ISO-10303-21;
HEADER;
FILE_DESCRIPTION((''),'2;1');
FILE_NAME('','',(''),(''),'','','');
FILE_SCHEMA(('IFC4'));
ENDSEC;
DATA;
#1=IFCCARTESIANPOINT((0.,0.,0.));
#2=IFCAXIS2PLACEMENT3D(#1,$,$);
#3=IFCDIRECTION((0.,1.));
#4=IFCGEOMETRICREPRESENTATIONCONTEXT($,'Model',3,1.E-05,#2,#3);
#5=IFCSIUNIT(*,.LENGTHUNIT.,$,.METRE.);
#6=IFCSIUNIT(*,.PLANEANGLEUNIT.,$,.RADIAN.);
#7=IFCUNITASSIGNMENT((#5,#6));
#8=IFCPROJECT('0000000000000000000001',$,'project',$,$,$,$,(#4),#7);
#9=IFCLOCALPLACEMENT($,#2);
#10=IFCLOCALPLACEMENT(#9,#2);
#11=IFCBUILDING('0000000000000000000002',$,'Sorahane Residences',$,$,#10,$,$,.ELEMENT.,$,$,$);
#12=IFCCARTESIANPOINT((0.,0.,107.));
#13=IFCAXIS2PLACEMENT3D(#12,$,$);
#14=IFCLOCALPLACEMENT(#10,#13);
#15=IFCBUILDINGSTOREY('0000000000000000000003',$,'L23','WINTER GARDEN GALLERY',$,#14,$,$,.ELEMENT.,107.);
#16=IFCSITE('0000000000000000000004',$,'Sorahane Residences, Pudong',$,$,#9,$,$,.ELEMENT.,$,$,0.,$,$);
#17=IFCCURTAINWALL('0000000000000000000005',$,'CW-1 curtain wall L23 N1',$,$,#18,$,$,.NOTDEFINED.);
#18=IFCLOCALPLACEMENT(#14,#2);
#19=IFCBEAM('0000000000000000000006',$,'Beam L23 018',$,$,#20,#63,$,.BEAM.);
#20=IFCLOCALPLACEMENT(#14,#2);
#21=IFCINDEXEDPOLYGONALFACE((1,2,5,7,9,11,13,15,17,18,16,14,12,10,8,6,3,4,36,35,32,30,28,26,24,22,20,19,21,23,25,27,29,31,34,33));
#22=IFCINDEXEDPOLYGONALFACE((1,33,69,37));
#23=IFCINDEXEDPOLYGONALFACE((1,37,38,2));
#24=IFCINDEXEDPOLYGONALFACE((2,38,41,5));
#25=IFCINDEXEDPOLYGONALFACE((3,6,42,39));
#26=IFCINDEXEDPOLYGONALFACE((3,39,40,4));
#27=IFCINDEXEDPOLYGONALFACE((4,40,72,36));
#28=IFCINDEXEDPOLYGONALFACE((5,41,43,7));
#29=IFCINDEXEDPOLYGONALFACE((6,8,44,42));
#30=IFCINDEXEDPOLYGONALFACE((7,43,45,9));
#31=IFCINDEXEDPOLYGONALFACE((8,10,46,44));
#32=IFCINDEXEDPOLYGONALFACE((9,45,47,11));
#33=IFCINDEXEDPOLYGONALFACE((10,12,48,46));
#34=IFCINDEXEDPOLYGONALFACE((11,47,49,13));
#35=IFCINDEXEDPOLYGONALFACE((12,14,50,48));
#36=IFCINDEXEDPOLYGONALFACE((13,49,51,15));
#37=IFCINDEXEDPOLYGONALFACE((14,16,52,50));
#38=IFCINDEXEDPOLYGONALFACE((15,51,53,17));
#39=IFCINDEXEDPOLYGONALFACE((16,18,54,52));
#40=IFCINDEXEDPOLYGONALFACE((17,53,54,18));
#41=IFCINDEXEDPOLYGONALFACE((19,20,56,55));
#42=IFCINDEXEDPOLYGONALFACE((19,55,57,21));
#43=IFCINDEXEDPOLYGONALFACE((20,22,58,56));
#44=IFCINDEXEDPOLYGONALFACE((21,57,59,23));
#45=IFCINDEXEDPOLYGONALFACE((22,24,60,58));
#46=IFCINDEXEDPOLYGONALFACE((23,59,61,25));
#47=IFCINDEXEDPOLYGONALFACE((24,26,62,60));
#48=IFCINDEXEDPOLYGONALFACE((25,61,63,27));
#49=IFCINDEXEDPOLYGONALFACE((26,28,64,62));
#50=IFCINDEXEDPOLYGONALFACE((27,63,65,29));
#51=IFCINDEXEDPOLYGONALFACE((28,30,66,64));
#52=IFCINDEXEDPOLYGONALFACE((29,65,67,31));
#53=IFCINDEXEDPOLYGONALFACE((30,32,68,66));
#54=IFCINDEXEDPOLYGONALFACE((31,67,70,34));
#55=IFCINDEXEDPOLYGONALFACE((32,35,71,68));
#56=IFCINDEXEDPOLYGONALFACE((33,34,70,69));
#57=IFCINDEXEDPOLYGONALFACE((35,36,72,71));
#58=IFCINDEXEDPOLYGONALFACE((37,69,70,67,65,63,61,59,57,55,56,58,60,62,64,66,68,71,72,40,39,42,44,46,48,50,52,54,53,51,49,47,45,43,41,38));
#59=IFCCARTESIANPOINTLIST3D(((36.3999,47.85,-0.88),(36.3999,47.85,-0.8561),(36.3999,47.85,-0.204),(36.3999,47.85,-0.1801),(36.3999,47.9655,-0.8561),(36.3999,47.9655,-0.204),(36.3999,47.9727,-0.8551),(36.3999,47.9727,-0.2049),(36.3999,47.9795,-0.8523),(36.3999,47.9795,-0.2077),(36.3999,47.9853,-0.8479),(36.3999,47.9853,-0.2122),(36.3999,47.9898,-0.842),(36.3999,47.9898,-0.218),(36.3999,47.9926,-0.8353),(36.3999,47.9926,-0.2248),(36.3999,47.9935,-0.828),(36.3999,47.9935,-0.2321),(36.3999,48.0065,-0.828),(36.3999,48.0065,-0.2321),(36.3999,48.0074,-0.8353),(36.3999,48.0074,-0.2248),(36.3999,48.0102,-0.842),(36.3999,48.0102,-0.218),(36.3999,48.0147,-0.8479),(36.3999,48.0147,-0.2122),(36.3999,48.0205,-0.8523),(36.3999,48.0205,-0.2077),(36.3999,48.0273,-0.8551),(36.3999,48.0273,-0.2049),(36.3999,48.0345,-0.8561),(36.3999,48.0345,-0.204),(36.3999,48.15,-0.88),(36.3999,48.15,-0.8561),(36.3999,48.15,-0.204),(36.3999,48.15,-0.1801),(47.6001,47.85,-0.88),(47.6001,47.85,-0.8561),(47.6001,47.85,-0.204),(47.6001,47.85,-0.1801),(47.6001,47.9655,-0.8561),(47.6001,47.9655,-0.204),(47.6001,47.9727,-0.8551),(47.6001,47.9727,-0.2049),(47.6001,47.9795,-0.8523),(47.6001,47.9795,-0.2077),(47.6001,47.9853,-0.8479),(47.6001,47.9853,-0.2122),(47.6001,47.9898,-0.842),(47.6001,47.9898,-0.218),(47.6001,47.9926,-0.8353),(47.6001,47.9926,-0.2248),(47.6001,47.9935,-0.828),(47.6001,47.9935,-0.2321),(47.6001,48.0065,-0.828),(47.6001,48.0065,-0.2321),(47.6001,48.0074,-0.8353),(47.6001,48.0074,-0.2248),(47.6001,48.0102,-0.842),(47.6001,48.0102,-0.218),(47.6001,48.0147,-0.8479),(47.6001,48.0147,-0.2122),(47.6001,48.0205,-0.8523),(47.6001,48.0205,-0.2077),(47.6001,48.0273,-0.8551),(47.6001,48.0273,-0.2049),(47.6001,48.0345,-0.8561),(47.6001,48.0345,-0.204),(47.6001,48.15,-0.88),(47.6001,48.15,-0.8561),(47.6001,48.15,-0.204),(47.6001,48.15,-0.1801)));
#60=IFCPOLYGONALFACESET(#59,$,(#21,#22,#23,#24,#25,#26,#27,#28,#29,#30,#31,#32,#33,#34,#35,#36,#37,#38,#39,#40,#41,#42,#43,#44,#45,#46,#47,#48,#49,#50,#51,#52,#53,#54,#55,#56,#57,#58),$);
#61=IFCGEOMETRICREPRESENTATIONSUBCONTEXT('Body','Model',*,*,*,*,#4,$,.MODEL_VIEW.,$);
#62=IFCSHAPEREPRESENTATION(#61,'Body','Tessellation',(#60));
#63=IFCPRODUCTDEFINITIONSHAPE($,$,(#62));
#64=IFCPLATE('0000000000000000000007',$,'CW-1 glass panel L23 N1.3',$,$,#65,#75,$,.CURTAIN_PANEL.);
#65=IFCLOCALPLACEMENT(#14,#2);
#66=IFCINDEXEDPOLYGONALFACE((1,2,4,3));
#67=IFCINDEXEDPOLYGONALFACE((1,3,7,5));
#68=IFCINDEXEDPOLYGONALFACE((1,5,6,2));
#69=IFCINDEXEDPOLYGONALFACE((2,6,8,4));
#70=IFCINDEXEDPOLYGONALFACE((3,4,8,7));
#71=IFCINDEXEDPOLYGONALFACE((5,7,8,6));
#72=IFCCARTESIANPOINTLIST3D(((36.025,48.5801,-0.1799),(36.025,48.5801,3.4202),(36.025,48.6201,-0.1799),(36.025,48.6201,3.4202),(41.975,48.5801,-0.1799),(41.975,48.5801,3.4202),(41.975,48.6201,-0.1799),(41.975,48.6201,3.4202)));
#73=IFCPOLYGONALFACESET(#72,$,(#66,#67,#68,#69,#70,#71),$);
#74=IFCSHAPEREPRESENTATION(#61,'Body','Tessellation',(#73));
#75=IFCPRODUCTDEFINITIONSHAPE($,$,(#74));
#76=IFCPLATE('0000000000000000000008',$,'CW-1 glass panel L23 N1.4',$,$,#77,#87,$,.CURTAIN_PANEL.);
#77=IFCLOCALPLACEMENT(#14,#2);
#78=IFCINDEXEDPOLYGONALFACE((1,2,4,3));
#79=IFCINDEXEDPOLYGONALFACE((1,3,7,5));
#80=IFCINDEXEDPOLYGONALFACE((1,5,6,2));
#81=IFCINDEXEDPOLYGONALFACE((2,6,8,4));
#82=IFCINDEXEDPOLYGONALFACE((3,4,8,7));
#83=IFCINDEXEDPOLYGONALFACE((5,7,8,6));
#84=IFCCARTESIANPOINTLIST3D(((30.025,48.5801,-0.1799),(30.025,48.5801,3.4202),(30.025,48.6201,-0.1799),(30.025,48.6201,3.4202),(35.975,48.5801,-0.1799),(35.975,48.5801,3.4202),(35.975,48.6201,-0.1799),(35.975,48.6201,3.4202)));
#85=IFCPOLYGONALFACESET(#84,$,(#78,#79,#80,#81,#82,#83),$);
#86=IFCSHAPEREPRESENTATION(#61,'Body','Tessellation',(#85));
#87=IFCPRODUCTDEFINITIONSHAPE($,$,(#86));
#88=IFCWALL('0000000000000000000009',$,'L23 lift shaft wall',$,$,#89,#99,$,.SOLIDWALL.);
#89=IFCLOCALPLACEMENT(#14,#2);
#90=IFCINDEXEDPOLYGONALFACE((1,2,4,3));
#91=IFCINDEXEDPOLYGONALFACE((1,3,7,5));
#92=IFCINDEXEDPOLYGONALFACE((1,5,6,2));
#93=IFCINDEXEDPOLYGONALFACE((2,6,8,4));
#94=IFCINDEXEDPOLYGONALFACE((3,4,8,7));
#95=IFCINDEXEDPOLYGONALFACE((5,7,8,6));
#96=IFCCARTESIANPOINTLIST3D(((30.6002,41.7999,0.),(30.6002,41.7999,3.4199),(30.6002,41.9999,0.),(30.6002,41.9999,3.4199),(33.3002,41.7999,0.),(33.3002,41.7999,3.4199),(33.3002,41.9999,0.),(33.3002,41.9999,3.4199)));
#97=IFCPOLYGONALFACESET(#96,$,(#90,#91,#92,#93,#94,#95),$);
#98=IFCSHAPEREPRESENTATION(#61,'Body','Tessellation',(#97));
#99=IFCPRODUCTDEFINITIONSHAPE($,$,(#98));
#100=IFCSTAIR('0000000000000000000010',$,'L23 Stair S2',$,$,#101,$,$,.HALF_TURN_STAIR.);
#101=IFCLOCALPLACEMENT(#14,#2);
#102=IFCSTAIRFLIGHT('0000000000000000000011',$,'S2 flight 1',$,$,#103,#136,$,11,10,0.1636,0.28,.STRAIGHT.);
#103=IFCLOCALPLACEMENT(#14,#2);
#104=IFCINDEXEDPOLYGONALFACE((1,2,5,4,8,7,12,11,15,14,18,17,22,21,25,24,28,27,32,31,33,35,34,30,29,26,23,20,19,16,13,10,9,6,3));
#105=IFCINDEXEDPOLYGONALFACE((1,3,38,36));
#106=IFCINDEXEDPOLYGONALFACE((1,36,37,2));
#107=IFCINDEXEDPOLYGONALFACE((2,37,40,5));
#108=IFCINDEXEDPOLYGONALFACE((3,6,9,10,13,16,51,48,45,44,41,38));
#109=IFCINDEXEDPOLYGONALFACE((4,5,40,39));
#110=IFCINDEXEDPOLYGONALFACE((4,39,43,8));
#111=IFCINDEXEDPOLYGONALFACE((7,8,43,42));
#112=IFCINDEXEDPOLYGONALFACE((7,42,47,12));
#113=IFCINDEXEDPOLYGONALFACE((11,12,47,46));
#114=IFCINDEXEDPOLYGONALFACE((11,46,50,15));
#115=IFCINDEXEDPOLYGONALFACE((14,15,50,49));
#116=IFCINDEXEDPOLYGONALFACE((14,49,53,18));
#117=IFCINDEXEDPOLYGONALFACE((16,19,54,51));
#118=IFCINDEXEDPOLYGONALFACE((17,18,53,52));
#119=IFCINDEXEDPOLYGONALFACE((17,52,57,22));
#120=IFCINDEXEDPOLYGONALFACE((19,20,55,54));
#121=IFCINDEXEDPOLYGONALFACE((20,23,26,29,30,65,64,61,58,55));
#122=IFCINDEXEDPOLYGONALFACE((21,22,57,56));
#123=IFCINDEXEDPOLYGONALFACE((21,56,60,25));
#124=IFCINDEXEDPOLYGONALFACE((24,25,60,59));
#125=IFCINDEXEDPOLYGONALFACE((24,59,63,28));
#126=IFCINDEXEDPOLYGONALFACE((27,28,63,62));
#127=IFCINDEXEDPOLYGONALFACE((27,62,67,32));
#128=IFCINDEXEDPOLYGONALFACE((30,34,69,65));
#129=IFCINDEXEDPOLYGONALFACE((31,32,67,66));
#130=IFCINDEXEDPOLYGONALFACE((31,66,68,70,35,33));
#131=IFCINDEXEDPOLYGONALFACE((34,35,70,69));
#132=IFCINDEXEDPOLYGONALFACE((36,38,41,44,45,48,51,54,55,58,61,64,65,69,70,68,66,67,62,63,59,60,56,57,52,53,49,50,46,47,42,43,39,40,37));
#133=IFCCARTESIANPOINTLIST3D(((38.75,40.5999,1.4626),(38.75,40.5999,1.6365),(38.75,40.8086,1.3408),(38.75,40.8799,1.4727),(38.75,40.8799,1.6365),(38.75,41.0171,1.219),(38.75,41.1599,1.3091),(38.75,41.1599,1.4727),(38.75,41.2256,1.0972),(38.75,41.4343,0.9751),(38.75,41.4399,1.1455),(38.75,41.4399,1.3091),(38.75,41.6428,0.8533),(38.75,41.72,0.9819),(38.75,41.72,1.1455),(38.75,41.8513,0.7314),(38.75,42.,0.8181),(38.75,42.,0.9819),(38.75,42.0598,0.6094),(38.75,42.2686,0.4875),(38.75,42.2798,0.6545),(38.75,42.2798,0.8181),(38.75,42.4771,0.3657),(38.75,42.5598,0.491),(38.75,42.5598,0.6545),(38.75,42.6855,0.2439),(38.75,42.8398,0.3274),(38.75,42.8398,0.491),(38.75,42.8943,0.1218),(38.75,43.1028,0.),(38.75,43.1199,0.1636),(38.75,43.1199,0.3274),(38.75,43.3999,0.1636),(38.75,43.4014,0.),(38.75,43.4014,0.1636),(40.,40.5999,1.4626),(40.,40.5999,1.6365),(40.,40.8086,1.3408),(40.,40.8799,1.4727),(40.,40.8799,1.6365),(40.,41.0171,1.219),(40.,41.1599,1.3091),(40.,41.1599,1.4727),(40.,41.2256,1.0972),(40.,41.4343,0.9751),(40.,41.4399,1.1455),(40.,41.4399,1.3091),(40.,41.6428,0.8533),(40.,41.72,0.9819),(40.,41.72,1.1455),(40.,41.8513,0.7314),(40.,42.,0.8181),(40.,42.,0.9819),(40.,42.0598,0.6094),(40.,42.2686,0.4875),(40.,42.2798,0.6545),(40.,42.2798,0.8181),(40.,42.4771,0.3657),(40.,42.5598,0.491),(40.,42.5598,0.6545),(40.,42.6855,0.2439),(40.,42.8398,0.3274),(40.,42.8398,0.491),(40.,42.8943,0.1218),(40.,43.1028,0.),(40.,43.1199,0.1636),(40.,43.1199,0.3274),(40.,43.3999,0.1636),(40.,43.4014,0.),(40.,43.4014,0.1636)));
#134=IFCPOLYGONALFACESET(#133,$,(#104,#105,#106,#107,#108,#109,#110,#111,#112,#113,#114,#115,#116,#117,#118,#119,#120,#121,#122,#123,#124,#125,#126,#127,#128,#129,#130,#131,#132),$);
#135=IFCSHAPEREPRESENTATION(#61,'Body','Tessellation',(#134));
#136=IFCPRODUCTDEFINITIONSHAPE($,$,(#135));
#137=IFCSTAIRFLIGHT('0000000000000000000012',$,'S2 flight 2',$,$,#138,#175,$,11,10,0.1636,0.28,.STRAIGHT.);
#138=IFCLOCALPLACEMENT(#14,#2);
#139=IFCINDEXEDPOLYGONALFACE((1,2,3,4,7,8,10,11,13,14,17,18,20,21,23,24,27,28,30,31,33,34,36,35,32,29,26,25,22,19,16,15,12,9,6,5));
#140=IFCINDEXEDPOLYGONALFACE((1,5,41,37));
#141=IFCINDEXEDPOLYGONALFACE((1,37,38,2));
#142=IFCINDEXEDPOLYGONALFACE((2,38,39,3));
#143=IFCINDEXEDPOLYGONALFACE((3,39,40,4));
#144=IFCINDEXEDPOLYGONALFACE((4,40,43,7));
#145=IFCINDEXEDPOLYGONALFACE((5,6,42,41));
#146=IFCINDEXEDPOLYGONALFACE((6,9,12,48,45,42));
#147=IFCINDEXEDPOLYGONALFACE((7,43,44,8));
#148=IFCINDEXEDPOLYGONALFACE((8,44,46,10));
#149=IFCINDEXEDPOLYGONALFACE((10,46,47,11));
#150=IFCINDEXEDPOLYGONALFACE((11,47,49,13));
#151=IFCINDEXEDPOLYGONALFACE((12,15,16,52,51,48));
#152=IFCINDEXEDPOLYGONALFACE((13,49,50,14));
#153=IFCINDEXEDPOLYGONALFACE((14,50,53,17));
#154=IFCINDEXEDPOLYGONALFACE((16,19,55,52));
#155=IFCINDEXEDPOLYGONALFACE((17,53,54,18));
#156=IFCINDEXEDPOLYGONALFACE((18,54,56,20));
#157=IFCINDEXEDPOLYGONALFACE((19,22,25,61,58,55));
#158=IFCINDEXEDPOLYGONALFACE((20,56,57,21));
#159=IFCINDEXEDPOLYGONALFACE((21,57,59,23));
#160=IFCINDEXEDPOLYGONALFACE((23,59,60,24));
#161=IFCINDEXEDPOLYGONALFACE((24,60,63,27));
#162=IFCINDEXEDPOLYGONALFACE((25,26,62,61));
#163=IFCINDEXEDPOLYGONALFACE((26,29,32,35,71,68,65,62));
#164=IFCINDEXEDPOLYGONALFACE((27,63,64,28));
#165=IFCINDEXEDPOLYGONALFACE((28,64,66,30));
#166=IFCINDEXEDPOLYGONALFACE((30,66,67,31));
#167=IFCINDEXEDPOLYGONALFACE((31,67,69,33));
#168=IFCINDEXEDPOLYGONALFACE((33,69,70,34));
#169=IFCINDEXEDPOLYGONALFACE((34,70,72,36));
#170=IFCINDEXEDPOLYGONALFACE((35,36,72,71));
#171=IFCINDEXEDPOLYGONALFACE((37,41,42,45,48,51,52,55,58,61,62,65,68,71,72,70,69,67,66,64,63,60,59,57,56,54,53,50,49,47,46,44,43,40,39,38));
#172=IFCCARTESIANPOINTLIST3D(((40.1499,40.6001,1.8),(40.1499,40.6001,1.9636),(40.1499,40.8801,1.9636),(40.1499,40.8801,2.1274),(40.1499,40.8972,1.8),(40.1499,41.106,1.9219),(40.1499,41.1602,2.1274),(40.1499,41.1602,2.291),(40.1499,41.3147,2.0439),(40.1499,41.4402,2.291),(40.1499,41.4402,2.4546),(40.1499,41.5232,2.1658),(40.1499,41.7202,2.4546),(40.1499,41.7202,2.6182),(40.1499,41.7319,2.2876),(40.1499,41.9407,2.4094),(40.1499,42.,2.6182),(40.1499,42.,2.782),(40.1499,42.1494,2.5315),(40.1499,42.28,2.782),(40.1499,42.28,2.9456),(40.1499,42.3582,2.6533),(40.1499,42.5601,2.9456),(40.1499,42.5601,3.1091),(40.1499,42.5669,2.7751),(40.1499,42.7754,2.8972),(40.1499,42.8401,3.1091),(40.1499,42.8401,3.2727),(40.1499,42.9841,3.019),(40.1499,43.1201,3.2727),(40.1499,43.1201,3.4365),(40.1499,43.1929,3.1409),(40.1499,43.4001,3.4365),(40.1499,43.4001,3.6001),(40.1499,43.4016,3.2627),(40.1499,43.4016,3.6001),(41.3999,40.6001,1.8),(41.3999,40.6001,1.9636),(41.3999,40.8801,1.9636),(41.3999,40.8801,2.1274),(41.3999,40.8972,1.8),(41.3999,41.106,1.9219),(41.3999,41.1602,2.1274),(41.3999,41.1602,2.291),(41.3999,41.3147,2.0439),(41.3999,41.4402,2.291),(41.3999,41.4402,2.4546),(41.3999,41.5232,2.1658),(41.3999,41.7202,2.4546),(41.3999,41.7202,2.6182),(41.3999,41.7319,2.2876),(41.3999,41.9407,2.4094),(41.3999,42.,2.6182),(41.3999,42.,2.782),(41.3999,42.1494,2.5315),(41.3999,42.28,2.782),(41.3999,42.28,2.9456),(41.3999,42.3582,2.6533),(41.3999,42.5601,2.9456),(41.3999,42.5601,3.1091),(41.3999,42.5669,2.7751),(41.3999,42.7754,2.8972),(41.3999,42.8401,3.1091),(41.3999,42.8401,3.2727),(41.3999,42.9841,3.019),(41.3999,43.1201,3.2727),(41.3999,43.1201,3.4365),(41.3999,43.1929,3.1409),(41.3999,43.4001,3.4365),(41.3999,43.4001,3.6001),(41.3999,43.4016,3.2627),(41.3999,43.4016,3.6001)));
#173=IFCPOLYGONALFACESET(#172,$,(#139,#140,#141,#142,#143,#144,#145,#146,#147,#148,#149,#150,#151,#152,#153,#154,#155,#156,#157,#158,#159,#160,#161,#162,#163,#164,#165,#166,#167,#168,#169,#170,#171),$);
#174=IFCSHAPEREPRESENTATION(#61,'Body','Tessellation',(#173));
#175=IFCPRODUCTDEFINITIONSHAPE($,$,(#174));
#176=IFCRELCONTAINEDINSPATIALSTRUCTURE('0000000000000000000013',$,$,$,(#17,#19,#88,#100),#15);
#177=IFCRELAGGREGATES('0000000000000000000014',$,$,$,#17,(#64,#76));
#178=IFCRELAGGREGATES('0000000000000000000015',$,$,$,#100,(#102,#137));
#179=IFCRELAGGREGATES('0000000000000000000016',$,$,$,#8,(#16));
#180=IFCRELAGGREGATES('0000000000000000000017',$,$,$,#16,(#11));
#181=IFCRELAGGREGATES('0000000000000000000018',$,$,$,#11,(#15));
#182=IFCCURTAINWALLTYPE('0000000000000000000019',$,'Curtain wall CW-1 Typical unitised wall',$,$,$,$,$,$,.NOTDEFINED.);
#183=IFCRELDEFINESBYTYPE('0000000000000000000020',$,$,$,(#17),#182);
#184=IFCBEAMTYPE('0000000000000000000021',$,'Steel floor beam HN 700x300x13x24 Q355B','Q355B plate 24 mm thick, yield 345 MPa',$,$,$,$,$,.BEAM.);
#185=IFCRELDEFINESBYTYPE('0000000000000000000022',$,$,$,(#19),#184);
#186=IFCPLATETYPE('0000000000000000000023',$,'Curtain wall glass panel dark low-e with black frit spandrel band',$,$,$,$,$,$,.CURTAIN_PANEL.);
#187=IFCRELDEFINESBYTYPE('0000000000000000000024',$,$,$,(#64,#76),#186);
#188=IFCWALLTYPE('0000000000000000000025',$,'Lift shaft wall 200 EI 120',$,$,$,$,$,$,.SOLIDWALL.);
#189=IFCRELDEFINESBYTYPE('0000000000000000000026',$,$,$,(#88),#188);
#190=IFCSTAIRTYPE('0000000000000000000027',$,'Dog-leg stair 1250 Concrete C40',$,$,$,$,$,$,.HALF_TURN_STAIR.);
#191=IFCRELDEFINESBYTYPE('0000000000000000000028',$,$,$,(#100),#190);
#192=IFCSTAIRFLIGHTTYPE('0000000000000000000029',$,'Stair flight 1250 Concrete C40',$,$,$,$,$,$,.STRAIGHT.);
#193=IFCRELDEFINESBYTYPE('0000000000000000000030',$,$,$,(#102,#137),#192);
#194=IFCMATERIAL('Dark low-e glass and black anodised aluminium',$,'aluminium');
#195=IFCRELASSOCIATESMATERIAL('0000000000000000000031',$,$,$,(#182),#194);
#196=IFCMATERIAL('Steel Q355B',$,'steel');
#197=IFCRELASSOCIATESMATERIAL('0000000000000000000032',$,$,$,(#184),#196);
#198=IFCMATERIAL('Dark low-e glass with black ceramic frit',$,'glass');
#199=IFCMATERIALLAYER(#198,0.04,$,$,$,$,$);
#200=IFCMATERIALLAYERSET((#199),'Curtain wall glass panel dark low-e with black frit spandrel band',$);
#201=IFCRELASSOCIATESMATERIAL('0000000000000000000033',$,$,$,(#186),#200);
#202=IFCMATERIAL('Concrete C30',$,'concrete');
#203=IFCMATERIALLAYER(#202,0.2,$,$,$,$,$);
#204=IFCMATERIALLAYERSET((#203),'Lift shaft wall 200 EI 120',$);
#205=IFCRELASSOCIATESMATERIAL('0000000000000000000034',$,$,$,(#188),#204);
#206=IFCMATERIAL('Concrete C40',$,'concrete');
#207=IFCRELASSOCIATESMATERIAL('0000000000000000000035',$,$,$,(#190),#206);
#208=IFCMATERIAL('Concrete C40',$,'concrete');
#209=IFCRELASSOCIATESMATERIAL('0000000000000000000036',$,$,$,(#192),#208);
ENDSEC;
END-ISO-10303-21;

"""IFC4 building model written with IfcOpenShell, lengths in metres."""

from ifc_helpers import new_model, si_unit, direction, frame, frame_2d, origin, origin_2d, place, context, subcontext, project, spatial, polyline, rectangle, i_section, outline, extrude, material, layer, layer_set, material_profile, profile_set, type_object, element, aggregate, save


model = new_model("IFC4")

# Units and contexts
model_context = context("Model", 3, precision=1e-05, world=origin(), true_north=direction((0.0, 1.0)))
body_context = subcontext(model_context, "Body", "Model", "MODEL_VIEW")
ifc_project = project(units=[si_unit("LENGTHUNIT", "METRE"), si_unit("PLANEANGLEUNIT", "RADIAN")], contexts=[model_context])

# Site, building, storey
site_placement = place(None, origin())
site = spatial("IfcSite", under=ifc_project, at=site_placement, Name="Sorahane Residences, Pudong", CompositionType="ELEMENT", RefElevation=0.0)
building_placement = place(site_placement, origin())
building = spatial("IfcBuilding", under=site, at=building_placement, Name="Sorahane Residences", CompositionType="ELEMENT")
storey_placement = place(building_placement, frame((0.0, 0.0, 107.0)))
storey = spatial("IfcBuildingStorey", under=building, at=storey_placement, Name="L23", Description="WINTER GARDEN GALLERY", CompositionType="ELEMENT", Elevation=107.0)

# Curtain wall
ifc_material_1 = material(Name="Dark low-e glass and black anodised aluminium", Category="aluminium")
curtain_wall_type = type_object("IfcCurtainWallType", Name="Curtain wall CW-1 Typical unitised wall", PredefinedType="NOTDEFINED", material=ifc_material_1)
curtain_wall_placement = place(storey_placement, origin())
curtain_wall = element("IfcCurtainWall", 1, at=curtain_wall_placement, inside=storey, type_object=curtain_wall_type, Name="CW-1 curtain wall L23 N1", PredefinedType="NOTDEFINED")

# Beam
ifc_material_2 = material(Name="Steel Q355B", Category="steel")
ifc_material_profile_1 = material_profile(ifc_material_2, i_section(OverallWidth=0.3, OverallDepth=0.7, WebThickness=0.0129, FlangeThickness=0.0239, FilletRadius=0.0281, at=origin_2d()), Name="HN 700x300x13x24")
ifc_profile_set_1 = profile_set([ifc_material_profile_1], Name="Steel Q355B")
beam_type_1 = type_object("IfcBeamType", Name="Steel floor beam HN 700x300x13x24 Q355B", Description="Q355B plate 24 mm thick, yield 345 MPa", PredefinedType="BEAM", material=ifc_profile_set_1)
beam_1_placement = place(storey_placement, frame((36.3999, 48.0, -0.53), z_axis=(1.0, 0.0, 0.0), x_axis=(0.0, 1.0, 0.0)))
element("IfcBeam", 2, at=beam_1_placement, inside=storey, type_object=beam_type_1, Name="Beam L23 018", PredefinedType="BEAM", context=body_context, shape_type="SweptSolid", body=[
    extrude(i_section(OverallWidth=0.3, OverallDepth=0.7, WebThickness=0.0129, FlangeThickness=0.0239, FilletRadius=0.0281, at=origin_2d()), origin(), (0.0, 0.0, 1.0), 11.2002),
])

# Plates
ifc_material_3 = material(Name="Dark low-e glass with black ceramic frit", Category="glass")
ifc_layer_1 = layer(ifc_material_3, 0.04)
ifc_layer_set_1 = layer_set([ifc_layer_1], Name="Curtain wall glass panel dark low-e with black frit spandrel band")
plate_type = type_object("IfcPlateType", Name="Curtain wall glass panel dark low-e with black frit spandrel band", PredefinedType="CURTAIN_PANEL", material=ifc_layer_set_1)
plate_1_placement = place(storey_placement, frame((39.0, 48.6001, -0.1799), z_axis=(0.0, 0.0, 1.0), x_axis=(-1.0, 0.0, 0.0)))
plate_1 = element("IfcPlate", 3, at=plate_1_placement, type_object=plate_type, Name="CW-1 glass panel L23 N1.3", PredefinedType="CURTAIN_PANEL", context=body_context, shape_type="SweptSolid", body=[
    extrude(rectangle(XDim=5.95, YDim=0.04, at=origin_2d()), origin(), (0.0, 0.0, 1.0), 3.6001),
])
plate_2_placement = place(storey_placement, frame((33.0, 48.6001, -0.1799), z_axis=(0.0, 0.0, 1.0), x_axis=(-1.0, 0.0, 0.0)))
plate_2 = element("IfcPlate", 4, at=plate_2_placement, type_object=plate_type, Name="CW-1 glass panel L23 N1.4", PredefinedType="CURTAIN_PANEL", context=body_context, shape_type="SweptSolid", body=[
    extrude(rectangle(XDim=5.95, YDim=0.04, at=origin_2d()), origin(), (0.0, 0.0, 1.0), 3.6001),
])
aggregate(curtain_wall, [plate_1, plate_2])

# Wall
ifc_material_4 = material(Name="Concrete C30", Category="concrete")
ifc_layer_2 = layer(ifc_material_4, 0.2)
ifc_layer_set_2 = layer_set([ifc_layer_2], Name="Lift shaft wall 200 EI 120")
wall_type = type_object("IfcWallType", Name="Lift shaft wall 200 EI 120", PredefinedType="SOLIDWALL", material=ifc_layer_set_2)
wall_placement = place(storey_placement, frame((30.6001, 41.8999, 0.0), z_axis=(0.0, 0.0, 1.0), x_axis=(1.0, 0.0, 0.0)))
element("IfcWall", 5, at=wall_placement, inside=storey, type_object=wall_type, Name="L23 lift shaft wall", PredefinedType="SOLIDWALL", context=body_context, shape_type="SweptSolid", body=[
    extrude(rectangle(XDim=2.7, YDim=0.2, at=frame_2d((1.3501, 0.0))), origin(), (0.0, 0.0, 1.0), 3.4199),
])

# Stair, stair flights
ifc_material_5 = material(Name="Concrete C40", Category="concrete")
stair_type = type_object("IfcStairType", Name="Dog-leg stair 1250 Concrete C40", PredefinedType="HALF_TURN_STAIR", material=ifc_material_5)
stair_placement = place(storey_placement, origin())
stair = element("IfcStair", 6, at=stair_placement, inside=storey, type_object=stair_type, Name="L23 Stair S2", PredefinedType="HALF_TURN_STAIR")
ifc_material_6 = material(Name="Concrete C40", Category="concrete")
stair_flight_type = type_object("IfcStairFlightType", Name="Stair flight 1250 Concrete C40", PredefinedType="STRAIGHT", material=ifc_material_6)
stair_flight_1_placement = place(storey_placement, frame((39.375, 43.3999, 0.0), z_axis=(0.0, 0.0, 1.0), x_axis=(0.0, -1.0, 0.0)))
stair_flight_1 = element("IfcStairFlight", 7, at=stair_flight_1_placement, type_object=stair_flight_type, Name="S2 flight 1", NumberOfRisers=11, NumberOfTreads=10, PredefinedType="STRAIGHT", RiserHeight=0.1636, TreadLength=0.28, context=body_context, shape_type="SweptSolid", body=[
    extrude(outline(polyline([(-0.0015, 0.0), (-0.0015, 0.1636), (0.0, 0.1636), (0.28, 0.1636), (0.28, 0.3274), (0.5601, 0.3274), (0.5601, 0.491), (0.8401, 0.491), (0.8401, 0.6545), (1.1201, 0.6545), (1.1201, 0.8181), (1.3999, 0.8181), (1.3999, 0.9819), (1.6799, 0.9819), (1.6799, 1.1455), (1.96, 1.1455), (1.96, 1.3091), (2.24, 1.3091), (2.24, 1.4727), (2.52, 1.4727), (2.52, 1.6365), (2.8, 1.6365), (2.8, 1.8), (2.8, 1.4626), (2.5913, 1.3408), (2.3828, 1.219), (2.1743, 1.0972), (1.9656, 0.9751), (1.7571, 0.8533), (1.5486, 0.7314), (1.3401, 0.6094), (1.1313, 0.4875), (0.9229, 0.3657), (0.7144, 0.2439), (0.5056, 0.1218), (0.2971, 0.0), (-0.0015, 0.0)])), frame((0.0, 0.625, 0.0), z_axis=(0.0, -1.0, 0.0), x_axis=(1.0, 0.0, 0.0)), (0.0, 0.0, 1.0), 1.25),
])
stair_flight_2_placement = place(storey_placement, frame((40.7749, 40.6001, 1.8), z_axis=(0.0, 0.0, 1.0), x_axis=(0.0, 1.0, 0.0)))
stair_flight_2 = element("IfcStairFlight", 8, at=stair_flight_2_placement, type_object=stair_flight_type, Name="S2 flight 2", NumberOfRisers=11, NumberOfTreads=10, PredefinedType="STRAIGHT", RiserHeight=0.1636, TreadLength=0.28, context=body_context, shape_type="SweptSolid", body=[
    extrude(outline(polyline([(0.0, 0.0), (0.0, 0.1636), (0.28, 0.1636), (0.28, 0.3274), (0.5601, 0.3274), (0.5601, 0.491), (0.8401, 0.491), (0.8401, 0.6545), (1.1201, 0.6545), (1.1201, 0.8181), (1.3999, 0.8181), (1.3999, 0.9819), (1.6799, 0.9819), (1.6799, 1.1455), (1.96, 1.1455), (1.96, 1.3091), (2.24, 1.3091), (2.24, 1.4727), (2.52, 1.4727), (2.52, 1.6365), (2.8, 1.6365), (2.8, 1.8), (2.8015, 1.8), (2.8015, 1.4626), (2.5928, 1.3408), (2.384, 1.219), (2.1753, 1.0972), (1.9668, 0.9751), (1.7581, 0.8533), (1.5493, 0.7314), (1.3406, 0.6094), (1.1318, 0.4875), (0.9231, 0.3657), (0.7146, 0.2439), (0.5059, 0.1218), (0.2971, 0.0), (0.0, 0.0)])), frame((0.0, 0.625, 0.0), z_axis=(0.0, -1.0, 0.0), x_axis=(1.0, 0.0, 0.0)), (0.0, 0.0, 1.0), 1.25),
])
aggregate(stair, [stair_flight_1, stair_flight_2])

save(model, "model.ifc")
